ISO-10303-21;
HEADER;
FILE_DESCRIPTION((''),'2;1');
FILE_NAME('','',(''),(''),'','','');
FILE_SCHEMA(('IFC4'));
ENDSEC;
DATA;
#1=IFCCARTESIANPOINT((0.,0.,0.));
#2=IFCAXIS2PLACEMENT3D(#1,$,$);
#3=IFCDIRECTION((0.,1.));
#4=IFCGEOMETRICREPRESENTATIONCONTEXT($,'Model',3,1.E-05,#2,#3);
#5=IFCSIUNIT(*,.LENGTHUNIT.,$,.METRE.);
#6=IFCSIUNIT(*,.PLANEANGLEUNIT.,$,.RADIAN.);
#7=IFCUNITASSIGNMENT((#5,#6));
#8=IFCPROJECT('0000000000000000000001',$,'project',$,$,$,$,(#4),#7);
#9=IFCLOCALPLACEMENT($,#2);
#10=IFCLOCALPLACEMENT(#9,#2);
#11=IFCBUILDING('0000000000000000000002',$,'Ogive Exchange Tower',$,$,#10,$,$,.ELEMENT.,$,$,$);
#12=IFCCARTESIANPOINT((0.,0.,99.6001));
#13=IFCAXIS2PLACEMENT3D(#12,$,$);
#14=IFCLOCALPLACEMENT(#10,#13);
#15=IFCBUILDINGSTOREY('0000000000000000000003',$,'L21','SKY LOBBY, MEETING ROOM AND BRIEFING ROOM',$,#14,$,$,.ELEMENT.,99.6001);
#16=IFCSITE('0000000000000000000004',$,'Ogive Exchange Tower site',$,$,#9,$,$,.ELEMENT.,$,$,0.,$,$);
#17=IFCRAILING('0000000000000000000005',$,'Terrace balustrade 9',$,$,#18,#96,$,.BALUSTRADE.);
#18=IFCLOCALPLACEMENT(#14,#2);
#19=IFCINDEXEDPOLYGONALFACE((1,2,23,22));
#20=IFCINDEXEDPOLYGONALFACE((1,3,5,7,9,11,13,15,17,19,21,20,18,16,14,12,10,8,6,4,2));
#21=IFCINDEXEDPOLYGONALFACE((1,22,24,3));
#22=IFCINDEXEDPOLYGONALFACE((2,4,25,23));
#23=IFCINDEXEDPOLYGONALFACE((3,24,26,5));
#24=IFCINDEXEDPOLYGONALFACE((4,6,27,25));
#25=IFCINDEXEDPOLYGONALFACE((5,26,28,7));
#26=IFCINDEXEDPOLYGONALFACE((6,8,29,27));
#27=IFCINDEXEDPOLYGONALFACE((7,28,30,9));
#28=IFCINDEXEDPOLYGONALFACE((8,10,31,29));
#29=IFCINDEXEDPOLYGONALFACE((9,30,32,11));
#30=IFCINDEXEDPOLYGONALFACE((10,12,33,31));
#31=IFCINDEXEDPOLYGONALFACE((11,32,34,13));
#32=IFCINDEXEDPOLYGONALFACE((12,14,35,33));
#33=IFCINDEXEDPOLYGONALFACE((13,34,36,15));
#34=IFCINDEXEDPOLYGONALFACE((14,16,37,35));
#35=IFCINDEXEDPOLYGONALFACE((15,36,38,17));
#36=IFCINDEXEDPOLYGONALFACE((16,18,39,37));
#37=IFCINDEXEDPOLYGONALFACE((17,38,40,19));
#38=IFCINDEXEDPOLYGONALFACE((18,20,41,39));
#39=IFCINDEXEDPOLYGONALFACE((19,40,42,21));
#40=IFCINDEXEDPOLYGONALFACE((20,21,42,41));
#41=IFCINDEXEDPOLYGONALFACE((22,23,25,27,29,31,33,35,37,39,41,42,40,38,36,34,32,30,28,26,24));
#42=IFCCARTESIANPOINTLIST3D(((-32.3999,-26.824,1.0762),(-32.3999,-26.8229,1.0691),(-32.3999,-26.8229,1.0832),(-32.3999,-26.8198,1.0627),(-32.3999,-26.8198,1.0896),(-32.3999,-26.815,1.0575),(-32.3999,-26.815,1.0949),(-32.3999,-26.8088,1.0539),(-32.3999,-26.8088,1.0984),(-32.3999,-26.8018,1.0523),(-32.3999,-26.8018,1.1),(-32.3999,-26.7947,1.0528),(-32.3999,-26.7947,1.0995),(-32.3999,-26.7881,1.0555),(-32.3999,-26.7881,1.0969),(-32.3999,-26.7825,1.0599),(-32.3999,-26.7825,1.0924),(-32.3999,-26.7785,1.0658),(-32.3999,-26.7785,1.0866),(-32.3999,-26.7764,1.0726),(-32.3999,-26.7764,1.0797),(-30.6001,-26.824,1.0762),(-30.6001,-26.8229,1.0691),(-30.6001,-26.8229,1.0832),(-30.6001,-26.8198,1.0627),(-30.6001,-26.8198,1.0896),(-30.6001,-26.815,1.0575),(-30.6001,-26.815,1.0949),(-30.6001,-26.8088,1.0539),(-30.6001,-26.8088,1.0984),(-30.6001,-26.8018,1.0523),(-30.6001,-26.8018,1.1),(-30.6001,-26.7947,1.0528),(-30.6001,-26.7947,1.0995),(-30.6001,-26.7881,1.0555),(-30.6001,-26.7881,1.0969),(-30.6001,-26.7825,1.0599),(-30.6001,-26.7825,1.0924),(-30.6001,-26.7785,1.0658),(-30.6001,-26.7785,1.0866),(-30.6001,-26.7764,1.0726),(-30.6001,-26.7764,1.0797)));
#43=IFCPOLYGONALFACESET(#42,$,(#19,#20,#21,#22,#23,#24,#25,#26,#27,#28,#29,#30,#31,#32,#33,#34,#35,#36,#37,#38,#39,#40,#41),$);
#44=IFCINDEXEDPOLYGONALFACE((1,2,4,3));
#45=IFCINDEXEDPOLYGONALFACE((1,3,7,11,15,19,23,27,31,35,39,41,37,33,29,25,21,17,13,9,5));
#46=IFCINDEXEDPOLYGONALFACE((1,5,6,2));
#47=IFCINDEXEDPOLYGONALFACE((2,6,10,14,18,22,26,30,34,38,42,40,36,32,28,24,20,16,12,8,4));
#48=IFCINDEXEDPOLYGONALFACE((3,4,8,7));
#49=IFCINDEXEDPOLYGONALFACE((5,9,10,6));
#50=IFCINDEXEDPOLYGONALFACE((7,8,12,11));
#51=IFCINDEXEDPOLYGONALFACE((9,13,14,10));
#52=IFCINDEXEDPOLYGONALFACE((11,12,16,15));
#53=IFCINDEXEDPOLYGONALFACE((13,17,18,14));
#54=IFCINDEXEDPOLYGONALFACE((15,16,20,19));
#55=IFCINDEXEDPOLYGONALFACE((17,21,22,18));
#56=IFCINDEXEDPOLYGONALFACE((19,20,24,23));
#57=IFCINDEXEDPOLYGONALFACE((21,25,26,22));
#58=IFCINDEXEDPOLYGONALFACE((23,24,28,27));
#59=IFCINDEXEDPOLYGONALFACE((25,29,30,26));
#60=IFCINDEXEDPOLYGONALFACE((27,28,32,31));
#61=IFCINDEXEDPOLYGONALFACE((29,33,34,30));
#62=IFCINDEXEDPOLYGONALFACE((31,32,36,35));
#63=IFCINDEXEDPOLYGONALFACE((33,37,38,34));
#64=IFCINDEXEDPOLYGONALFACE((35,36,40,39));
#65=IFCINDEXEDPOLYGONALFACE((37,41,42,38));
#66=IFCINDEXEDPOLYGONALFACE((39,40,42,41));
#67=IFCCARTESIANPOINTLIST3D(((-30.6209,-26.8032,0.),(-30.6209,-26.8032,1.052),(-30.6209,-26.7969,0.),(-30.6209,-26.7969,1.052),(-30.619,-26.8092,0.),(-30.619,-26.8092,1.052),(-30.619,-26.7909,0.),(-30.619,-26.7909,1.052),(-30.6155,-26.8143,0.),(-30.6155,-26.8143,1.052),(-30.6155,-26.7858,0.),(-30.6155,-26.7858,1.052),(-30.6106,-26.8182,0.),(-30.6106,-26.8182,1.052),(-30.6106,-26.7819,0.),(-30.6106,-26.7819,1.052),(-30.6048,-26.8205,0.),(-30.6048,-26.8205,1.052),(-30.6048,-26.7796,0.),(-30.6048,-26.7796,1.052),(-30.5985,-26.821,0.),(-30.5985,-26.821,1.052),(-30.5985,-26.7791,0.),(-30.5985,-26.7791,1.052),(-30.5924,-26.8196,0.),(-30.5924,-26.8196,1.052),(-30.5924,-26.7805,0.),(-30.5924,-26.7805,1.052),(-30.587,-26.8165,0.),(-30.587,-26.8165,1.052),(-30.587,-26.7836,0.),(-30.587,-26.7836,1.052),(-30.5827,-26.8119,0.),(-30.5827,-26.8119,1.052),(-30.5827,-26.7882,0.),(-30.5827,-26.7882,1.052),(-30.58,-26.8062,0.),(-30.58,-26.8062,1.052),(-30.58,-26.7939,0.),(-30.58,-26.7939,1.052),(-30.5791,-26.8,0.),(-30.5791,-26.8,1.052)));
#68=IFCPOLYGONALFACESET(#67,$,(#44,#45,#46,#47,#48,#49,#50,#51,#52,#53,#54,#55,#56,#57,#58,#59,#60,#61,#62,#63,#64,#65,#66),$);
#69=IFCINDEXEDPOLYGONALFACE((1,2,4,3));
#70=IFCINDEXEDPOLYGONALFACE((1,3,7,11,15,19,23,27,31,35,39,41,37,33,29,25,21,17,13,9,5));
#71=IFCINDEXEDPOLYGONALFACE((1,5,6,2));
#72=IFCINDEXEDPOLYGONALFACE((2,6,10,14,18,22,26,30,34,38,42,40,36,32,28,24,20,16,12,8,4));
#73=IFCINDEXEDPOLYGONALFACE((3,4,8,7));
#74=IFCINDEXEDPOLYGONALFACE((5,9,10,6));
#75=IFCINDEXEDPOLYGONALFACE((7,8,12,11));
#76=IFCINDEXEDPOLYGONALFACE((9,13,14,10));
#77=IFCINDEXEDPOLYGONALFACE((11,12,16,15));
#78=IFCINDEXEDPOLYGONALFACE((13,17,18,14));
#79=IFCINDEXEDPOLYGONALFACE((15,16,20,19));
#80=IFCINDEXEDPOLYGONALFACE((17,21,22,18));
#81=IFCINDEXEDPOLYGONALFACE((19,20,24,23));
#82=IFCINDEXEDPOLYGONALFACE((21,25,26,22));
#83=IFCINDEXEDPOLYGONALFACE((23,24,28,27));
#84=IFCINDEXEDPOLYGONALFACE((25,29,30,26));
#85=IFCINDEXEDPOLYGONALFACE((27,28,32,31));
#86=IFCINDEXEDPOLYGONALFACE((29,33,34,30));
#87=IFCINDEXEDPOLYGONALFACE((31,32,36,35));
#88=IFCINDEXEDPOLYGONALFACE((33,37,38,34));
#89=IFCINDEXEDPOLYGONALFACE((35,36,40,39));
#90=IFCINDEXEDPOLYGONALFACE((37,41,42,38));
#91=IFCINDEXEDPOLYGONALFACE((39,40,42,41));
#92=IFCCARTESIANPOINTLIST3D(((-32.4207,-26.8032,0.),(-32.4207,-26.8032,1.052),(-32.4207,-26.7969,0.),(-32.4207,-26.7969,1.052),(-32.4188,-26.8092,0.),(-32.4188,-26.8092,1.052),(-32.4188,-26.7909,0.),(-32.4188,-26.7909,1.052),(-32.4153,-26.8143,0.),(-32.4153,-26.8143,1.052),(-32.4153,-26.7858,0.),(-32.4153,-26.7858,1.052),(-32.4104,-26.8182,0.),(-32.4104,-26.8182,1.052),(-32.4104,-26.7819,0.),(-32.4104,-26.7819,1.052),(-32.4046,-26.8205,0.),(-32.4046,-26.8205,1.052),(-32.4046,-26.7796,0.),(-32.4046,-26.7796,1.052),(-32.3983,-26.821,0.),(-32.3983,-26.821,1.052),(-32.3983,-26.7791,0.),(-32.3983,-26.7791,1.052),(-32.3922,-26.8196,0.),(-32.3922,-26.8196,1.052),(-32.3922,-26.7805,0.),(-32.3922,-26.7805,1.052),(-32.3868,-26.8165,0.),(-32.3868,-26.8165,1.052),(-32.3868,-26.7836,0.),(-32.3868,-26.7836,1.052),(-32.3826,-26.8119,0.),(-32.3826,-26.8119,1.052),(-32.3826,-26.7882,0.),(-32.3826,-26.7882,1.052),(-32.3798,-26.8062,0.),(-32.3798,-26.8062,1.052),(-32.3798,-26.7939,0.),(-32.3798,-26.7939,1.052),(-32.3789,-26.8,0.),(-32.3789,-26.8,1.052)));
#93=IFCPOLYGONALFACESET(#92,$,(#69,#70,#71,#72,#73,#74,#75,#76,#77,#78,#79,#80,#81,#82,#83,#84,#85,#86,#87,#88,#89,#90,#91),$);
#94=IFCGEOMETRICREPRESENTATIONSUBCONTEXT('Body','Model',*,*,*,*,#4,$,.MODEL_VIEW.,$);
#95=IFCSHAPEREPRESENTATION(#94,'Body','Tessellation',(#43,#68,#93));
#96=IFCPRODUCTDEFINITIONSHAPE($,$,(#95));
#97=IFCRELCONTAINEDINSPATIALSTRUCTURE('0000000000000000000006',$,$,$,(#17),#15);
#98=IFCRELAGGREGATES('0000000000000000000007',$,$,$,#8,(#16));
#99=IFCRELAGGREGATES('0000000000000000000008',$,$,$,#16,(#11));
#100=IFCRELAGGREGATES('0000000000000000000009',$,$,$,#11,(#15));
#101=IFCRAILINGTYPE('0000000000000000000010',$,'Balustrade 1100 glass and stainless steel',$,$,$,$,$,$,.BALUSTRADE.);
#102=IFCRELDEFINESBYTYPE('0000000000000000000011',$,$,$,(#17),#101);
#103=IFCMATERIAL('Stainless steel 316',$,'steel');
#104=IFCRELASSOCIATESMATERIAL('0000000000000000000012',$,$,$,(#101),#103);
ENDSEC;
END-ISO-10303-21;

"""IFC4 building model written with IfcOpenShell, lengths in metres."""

from ifc_helpers import new_model, si_unit, direction, frame, origin, origin_2d, place, context, subcontext, project, spatial, circle, extrude, material, type_object, element, save


model = new_model("IFC4")

# Units and contexts
model_context = context("Model", 3, precision=1e-05, world=origin(), true_north=direction((0.0, 1.0)))
body_context = subcontext(model_context, "Body", "Model", "MODEL_VIEW")
ifc_project = project(units=[si_unit("LENGTHUNIT", "METRE"), si_unit("PLANEANGLEUNIT", "RADIAN")], contexts=[model_context])

# Site, building, storey
site_placement = place(None, origin())
site = spatial("IfcSite", under=ifc_project, at=site_placement, Name="Ogive Exchange Tower site", CompositionType="ELEMENT", RefElevation=0.0)
building_placement = place(site_placement, origin())
building = spatial("IfcBuilding", under=site, at=building_placement, Name="Ogive Exchange Tower", CompositionType="ELEMENT")
storey_placement = place(building_placement, frame((0.0, 0.0, 99.6001)))
storey = spatial("IfcBuildingStorey", under=building, at=storey_placement, Name="L21", Description="SKY LOBBY, MEETING ROOM AND BRIEFING ROOM", CompositionType="ELEMENT", Elevation=99.6001)

# Railing
ifc_material_1 = material(Name="Stainless steel 316", Category="steel")
railing_type = type_object("IfcRailingType", Name="Balustrade 1100 glass and stainless steel", PredefinedType="BALUSTRADE", material=ifc_material_1)
railing_1_placement = place(storey_placement, frame((-30.6001, -26.8, 0.0)))
element("IfcRailing", 1, at=railing_1_placement, inside=storey, type_object=railing_type, Name="Terrace balustrade 9", PredefinedType="BALUSTRADE", context=body_context, shape_type="SweptSolid", body=[
    extrude(circle(Radius=0.0239, at=origin_2d()), frame((0.0, 0.0, 1.0762), z_axis=(-1.0, 0.0, 0.0), x_axis=(0.0, -1.0, 0.0)), (0.0, 0.0, 1.0), 1.7998),
    extrude(circle(Radius=0.021, at=origin_2d()), origin(), (0.0, 0.0, 1.0), 1.052),
    extrude(circle(Radius=0.021, at=origin_2d()), frame((-1.7998, 0.0, 0.0)), (0.0, 0.0, 1.0), 1.052),
])

save(model, "model.ifc")
